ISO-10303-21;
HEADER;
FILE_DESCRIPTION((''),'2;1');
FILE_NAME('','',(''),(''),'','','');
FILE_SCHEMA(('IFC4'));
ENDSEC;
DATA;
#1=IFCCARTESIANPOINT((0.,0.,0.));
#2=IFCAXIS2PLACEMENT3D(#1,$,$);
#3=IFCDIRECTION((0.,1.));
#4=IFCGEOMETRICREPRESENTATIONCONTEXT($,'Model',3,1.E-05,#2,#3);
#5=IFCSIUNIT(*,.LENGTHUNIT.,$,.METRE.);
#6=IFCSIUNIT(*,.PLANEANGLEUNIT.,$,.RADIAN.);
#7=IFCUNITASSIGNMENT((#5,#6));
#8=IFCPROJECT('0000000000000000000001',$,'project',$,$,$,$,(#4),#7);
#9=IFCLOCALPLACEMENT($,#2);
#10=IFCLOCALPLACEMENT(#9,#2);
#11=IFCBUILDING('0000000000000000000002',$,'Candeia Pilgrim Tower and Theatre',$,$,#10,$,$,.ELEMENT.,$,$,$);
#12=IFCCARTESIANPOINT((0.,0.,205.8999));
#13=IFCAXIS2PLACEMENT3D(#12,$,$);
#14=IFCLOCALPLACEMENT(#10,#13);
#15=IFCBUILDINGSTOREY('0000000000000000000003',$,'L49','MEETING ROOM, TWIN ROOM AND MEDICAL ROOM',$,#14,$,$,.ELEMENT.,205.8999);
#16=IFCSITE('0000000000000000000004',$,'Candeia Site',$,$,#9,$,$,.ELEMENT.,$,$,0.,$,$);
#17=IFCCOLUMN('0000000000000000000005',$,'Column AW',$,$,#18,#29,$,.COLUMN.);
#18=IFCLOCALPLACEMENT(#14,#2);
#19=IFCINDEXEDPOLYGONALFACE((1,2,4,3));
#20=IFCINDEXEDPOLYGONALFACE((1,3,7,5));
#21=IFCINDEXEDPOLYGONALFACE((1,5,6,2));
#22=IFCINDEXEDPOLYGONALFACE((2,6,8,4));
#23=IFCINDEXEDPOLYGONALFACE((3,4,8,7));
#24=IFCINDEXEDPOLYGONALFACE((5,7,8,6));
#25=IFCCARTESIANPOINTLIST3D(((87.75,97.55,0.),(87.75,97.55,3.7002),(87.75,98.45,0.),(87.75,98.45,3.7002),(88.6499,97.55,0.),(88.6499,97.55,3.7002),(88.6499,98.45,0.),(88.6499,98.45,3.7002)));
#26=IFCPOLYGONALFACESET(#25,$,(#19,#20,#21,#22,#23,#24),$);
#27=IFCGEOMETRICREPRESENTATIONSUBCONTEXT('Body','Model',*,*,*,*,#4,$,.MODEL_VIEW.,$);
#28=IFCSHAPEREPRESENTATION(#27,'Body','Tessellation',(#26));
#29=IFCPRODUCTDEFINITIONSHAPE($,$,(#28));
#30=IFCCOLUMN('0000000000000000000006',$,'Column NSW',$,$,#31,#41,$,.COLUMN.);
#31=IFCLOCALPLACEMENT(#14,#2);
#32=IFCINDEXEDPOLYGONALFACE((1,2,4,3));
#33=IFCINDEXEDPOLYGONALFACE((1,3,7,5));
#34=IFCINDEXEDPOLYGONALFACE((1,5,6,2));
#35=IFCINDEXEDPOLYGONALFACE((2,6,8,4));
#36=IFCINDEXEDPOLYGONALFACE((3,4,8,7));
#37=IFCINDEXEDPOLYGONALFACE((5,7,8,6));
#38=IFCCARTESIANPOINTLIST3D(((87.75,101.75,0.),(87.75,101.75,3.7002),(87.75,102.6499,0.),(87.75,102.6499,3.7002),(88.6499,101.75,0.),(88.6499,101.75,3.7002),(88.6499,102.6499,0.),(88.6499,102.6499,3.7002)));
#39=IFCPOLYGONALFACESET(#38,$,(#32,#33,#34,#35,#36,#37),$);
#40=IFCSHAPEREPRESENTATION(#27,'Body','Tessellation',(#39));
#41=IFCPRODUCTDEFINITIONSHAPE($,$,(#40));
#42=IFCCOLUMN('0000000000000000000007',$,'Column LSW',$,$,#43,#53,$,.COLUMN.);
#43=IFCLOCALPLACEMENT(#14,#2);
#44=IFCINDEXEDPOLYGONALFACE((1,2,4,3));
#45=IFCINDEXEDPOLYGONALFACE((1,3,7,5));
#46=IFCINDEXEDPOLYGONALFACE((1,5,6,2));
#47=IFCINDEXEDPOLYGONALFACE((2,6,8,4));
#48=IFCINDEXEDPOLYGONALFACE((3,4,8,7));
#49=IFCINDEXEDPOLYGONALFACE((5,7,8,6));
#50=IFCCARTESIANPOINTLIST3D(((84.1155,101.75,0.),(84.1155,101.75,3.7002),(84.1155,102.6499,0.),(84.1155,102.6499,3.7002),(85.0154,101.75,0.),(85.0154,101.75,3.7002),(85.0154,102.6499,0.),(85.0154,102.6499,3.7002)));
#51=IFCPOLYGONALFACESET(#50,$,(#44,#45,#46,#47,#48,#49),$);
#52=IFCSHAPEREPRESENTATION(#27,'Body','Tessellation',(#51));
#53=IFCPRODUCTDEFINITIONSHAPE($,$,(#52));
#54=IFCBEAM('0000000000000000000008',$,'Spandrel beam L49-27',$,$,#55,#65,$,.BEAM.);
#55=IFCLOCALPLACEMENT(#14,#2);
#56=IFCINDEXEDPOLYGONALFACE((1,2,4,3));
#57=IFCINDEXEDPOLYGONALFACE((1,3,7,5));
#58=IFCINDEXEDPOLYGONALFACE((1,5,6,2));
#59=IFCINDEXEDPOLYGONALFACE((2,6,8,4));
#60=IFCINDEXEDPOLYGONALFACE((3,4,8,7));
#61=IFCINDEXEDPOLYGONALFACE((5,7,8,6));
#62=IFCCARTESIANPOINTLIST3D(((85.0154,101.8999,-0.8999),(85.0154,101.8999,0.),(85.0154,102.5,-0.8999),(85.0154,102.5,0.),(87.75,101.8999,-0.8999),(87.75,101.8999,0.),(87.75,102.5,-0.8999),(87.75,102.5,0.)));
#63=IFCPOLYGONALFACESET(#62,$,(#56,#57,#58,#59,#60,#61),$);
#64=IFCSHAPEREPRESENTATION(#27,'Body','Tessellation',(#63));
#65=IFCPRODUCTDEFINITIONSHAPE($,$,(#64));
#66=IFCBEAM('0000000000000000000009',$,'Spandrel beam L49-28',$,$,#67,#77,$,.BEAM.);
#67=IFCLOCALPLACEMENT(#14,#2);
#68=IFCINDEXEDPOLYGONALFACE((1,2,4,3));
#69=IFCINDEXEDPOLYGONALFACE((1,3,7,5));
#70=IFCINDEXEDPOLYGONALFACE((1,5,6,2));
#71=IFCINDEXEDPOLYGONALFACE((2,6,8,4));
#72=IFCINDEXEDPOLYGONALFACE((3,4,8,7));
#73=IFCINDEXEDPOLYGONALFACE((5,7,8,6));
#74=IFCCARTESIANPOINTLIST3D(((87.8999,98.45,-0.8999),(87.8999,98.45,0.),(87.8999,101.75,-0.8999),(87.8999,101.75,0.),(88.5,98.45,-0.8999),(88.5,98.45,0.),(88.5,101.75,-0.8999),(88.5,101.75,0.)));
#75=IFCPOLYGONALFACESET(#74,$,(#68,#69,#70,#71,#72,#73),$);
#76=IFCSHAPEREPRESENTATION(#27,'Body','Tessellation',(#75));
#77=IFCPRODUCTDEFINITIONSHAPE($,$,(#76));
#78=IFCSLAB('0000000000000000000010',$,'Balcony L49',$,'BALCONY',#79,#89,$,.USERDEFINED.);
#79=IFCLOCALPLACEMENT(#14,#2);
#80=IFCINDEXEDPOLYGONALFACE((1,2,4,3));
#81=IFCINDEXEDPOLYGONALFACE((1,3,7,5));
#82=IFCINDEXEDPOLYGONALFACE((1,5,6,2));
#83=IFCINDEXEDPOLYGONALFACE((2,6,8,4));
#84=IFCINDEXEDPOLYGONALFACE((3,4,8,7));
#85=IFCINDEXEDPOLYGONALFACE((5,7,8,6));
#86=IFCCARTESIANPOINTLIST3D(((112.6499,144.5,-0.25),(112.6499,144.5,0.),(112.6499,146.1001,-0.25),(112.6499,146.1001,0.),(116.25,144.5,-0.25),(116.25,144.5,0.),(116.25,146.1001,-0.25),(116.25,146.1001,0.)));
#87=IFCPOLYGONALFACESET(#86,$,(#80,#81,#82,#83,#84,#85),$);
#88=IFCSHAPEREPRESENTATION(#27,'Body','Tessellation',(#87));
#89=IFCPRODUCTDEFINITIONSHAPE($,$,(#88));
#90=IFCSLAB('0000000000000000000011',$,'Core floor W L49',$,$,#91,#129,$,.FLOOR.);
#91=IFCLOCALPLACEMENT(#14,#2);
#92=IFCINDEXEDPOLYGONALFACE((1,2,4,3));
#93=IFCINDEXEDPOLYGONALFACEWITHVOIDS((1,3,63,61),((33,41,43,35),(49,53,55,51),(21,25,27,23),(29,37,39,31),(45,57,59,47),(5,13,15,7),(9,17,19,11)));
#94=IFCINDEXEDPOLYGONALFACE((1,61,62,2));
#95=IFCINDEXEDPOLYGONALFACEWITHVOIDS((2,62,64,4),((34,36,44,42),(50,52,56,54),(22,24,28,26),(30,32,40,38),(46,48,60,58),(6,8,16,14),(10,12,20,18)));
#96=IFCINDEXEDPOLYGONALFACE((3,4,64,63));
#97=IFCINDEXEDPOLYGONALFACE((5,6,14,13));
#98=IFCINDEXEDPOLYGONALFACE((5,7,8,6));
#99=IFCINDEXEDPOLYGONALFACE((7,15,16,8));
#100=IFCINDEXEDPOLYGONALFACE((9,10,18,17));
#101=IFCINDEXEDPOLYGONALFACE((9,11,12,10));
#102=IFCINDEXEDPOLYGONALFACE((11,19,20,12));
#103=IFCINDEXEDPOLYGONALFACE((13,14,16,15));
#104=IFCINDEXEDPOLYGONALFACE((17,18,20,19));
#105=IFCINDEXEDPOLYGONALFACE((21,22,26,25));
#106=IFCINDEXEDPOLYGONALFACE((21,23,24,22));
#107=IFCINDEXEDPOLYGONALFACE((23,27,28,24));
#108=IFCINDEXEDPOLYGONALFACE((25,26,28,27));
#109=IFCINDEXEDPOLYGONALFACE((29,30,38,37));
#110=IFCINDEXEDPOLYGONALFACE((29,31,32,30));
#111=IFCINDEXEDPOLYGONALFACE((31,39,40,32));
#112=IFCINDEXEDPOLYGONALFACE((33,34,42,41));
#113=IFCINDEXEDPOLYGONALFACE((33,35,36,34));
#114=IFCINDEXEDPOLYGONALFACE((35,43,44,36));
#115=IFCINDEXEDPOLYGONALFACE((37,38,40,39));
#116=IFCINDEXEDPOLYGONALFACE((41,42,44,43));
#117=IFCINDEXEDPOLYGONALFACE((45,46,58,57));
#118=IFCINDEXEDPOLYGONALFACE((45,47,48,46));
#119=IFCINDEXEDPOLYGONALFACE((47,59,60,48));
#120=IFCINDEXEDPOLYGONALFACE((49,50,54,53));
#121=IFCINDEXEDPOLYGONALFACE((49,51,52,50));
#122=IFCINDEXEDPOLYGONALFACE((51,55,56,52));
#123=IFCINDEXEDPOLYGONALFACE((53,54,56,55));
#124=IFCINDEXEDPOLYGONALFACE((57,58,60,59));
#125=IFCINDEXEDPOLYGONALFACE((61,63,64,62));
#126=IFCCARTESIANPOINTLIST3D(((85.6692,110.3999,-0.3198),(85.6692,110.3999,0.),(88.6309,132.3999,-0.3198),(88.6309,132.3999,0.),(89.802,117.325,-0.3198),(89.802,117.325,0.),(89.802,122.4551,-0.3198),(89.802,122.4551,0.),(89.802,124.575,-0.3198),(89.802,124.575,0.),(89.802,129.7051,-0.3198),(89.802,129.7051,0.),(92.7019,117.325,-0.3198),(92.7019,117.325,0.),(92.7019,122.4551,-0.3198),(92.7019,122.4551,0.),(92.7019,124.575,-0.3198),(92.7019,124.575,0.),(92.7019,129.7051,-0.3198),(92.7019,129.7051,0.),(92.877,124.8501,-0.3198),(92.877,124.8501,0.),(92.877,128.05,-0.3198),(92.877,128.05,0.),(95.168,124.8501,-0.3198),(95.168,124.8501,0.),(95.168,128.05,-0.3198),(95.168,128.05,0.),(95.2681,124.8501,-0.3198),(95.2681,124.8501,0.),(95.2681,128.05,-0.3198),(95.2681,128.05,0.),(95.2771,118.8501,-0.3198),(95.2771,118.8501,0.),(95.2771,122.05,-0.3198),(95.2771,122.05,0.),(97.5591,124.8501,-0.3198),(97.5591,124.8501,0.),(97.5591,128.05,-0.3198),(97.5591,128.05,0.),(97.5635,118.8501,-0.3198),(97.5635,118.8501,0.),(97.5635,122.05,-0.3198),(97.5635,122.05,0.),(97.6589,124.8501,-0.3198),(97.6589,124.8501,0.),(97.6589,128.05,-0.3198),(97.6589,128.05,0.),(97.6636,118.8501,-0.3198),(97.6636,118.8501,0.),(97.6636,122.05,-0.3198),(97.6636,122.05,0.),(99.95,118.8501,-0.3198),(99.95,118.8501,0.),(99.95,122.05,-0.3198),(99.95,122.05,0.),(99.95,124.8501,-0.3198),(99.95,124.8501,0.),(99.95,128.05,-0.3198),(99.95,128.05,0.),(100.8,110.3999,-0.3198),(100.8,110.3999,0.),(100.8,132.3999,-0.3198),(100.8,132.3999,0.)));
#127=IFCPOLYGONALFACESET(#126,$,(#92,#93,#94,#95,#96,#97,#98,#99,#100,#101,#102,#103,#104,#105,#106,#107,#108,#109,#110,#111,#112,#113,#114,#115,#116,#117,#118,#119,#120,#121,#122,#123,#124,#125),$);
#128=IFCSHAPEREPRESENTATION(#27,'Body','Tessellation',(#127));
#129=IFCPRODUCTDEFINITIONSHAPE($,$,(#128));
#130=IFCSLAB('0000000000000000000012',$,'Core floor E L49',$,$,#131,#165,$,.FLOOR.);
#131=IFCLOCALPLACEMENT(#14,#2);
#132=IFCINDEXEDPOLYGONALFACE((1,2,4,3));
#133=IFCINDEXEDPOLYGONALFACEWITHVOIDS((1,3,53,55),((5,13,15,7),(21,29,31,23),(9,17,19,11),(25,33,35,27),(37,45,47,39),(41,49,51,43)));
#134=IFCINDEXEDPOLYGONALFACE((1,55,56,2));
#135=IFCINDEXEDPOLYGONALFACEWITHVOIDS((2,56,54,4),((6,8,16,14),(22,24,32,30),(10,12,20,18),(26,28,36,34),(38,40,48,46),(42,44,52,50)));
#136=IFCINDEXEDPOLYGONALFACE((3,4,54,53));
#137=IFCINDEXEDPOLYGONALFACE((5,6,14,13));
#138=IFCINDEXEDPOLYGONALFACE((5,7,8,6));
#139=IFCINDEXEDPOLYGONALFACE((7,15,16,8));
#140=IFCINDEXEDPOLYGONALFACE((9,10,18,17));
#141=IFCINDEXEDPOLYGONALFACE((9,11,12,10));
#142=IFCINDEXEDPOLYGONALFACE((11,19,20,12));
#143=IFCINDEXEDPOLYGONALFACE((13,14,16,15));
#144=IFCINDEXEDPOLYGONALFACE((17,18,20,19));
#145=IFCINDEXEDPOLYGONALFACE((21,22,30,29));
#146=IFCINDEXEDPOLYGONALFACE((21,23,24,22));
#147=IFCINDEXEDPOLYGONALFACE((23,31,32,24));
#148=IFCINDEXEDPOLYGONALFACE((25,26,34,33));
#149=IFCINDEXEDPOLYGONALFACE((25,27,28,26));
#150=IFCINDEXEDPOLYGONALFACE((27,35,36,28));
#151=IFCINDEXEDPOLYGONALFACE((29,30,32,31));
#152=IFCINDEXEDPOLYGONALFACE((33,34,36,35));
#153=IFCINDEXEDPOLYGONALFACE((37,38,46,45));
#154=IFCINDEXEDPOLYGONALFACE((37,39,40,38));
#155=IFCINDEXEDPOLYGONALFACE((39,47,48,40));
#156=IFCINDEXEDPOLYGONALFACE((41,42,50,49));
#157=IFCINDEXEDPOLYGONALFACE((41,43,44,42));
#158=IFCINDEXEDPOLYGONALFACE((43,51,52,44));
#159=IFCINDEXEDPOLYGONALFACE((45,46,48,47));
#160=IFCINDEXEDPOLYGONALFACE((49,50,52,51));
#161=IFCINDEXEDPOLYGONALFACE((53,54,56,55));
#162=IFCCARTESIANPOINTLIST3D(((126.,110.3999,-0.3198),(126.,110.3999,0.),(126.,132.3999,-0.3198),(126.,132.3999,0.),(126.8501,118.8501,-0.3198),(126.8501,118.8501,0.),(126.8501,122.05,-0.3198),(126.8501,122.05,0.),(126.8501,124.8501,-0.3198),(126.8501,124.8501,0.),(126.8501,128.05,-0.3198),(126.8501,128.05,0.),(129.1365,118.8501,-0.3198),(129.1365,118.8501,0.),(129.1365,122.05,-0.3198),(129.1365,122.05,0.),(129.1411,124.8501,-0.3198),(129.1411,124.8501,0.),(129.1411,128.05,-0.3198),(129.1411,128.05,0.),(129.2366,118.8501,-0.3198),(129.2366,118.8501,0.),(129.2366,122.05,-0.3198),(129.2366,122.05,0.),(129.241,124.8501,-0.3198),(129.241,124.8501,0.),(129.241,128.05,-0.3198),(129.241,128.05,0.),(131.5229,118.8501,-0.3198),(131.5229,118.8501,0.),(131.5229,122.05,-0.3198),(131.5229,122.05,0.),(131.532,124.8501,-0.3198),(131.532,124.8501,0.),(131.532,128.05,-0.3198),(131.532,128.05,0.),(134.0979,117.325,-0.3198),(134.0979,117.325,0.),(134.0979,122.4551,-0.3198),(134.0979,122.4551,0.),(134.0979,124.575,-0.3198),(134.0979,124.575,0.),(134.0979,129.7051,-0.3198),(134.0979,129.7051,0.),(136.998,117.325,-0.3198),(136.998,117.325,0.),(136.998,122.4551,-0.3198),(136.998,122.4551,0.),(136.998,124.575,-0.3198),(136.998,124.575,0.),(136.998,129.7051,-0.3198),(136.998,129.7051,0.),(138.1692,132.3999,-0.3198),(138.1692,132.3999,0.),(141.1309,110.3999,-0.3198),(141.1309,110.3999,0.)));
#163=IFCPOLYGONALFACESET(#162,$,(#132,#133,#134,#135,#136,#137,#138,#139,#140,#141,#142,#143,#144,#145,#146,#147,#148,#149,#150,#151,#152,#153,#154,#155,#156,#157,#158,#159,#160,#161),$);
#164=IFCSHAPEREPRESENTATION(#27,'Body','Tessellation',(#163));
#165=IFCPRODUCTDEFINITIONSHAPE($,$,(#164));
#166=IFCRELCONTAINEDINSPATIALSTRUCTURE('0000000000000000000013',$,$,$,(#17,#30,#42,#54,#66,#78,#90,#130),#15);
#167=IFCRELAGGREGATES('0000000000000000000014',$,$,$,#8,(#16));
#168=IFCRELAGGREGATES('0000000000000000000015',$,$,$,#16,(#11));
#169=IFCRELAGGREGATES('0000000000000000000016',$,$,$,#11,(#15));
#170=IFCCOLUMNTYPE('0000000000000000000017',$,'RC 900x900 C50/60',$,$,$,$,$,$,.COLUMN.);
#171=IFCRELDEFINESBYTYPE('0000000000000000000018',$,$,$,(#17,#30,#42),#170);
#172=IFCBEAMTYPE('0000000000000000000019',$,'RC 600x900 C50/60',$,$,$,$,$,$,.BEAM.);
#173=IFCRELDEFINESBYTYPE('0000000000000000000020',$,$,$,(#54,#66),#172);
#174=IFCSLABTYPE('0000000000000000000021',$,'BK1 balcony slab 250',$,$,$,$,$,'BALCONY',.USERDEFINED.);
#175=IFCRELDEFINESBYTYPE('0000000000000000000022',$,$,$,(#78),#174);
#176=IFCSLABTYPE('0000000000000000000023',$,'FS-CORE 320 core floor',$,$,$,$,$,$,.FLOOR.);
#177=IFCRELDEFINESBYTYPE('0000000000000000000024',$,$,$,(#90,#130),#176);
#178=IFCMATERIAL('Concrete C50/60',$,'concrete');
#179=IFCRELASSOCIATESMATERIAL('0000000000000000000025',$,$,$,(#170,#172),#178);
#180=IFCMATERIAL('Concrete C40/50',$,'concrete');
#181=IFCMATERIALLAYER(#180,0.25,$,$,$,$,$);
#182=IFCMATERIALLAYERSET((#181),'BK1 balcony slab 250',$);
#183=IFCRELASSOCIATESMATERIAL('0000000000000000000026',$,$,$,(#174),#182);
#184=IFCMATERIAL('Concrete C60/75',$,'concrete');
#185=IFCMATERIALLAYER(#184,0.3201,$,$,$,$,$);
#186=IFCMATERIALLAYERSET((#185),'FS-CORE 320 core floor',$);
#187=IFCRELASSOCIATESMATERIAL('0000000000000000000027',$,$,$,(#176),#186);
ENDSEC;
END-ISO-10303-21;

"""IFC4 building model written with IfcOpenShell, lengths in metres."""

from ifc_helpers import new_model, si_unit, direction, frame, origin, origin_2d, place, context, subcontext, project, spatial, polyline, rectangle, outline, extrude, material, layer, layer_set, material_profile, profile_set, type_object, element, save


model = new_model("IFC4")

# Units and contexts
model_context = context("Model", 3, precision=1e-05, world=origin(), true_north=direction((0.0, 1.0)))
body_context = subcontext(model_context, "Body", "Model", "MODEL_VIEW")
ifc_project = project(units=[si_unit("LENGTHUNIT", "METRE"), si_unit("PLANEANGLEUNIT", "RADIAN")], contexts=[model_context])

# Site, building, storey
site_placement = place(None, origin())
site = spatial("IfcSite", under=ifc_project, at=site_placement, Name="Candeia Site", CompositionType="ELEMENT", RefElevation=0.0)
building_placement = place(site_placement, origin())
building = spatial("IfcBuilding", under=site, at=building_placement, Name="Candeia Pilgrim Tower and Theatre", CompositionType="ELEMENT")
storey_placement = place(building_placement, frame((0.0, 0.0, 205.8999)))
storey = spatial("IfcBuildingStorey", under=building, at=storey_placement, Name="L49", Description="MEETING ROOM, TWIN ROOM AND MEDICAL ROOM", CompositionType="ELEMENT", Elevation=205.8999)

# Columns
ifc_material_1 = material(Name="Concrete C50/60", Category="concrete")
ifc_material_profile_1 = material_profile(ifc_material_1, rectangle(XDim=0.8999, YDim=0.8999, at=origin_2d()))
ifc_profile_set_1 = profile_set([ifc_material_profile_1], Name="Concrete C50/60")
column_type = type_object("IfcColumnType", Name="RC 900x900 C50/60", PredefinedType="COLUMN", material=ifc_profile_set_1)
for number, where, z_axis, x_axis, name in (
    (1, (88.2, 98.0, 0.0), (0.0, 0.0, 1.0), (1.0, 0.0, 0.0), "Column AW"),
    (2, (88.2, 102.2, 0.0), (0.0, 0.0, 1.0), (1.0, 0.0, 0.0), "Column NSW"),
    (3, (84.5654, 102.2, 0.0), (0.0, 0.0, 1.0), (1.0, 0.0, 0.0), "Column LSW"),
):
    element("IfcColumn", number, at=place(storey_placement, frame(where, z_axis=z_axis, x_axis=x_axis)), inside=storey, type_object=column_type, Name=name, PredefinedType="COLUMN", context=body_context, shape_type="SweptSolid", body=[
        extrude(rectangle(XDim=0.8999, YDim=0.8999, at=origin_2d()), origin(), (0.0, 0.0, 1.0), 3.7002),
    ])

# Beams
ifc_material_profile_2 = material_profile(ifc_material_1, rectangle(XDim=0.6001, YDim=0.8999, at=origin_2d()))
ifc_profile_set_2 = profile_set([ifc_material_profile_2], Name="Concrete C50/60")
beam_type = type_object("IfcBeamType", Name="RC 600x900 C50/60", PredefinedType="BEAM", material=ifc_profile_set_2)
beam_1_placement = place(storey_placement, frame((85.0154, 102.2, -0.45), z_axis=(1.0, 0.0, 0.0), x_axis=(0.0, 1.0, 0.0)))
element("IfcBeam", 4, at=beam_1_placement, inside=storey, type_object=beam_type, Name="Spandrel beam L49-27", PredefinedType="BEAM", context=body_context, shape_type="SweptSolid", body=[
    extrude(rectangle(XDim=0.6001, YDim=0.8999, at=origin_2d()), origin(), (0.0, 0.0, 1.0), 2.7346),
])
beam_2_placement = place(storey_placement, frame((88.2, 101.75, -0.45), z_axis=(0.0, -1.0, 0.0), x_axis=(1.0, 0.0, 0.0)))
element("IfcBeam", 5, at=beam_2_placement, inside=storey, type_object=beam_type, Name="Spandrel beam L49-28", PredefinedType="BEAM", context=body_context, shape_type="SweptSolid", body=[
    extrude(rectangle(XDim=0.6001, YDim=0.8999, at=origin_2d()), origin(), (0.0, 0.0, 1.0), 3.3),
])

# Slabs
ifc_material_2 = material(Name="Concrete C40/50", Category="concrete")
ifc_layer_1 = layer(ifc_material_2, 0.25)
ifc_layer_set_1 = layer_set([ifc_layer_1], Name="BK1 balcony slab 250")
slab_type_1 = type_object("IfcSlabType", Name="BK1 balcony slab 250", ElementType="BALCONY", PredefinedType="USERDEFINED", material=ifc_layer_set_1)
slab_1_placement = place(storey_placement, frame((0.0, 0.0, -0.25)))
element("IfcSlab", 6, at=slab_1_placement, inside=storey, type_object=slab_type_1, Name="Balcony L49", ObjectType="BALCONY", PredefinedType="USERDEFINED", context=body_context, shape_type="SweptSolid", body=[
    extrude(outline(polyline([(112.6499, 144.5), (116.25, 144.5), (116.25, 146.1001), (112.6499, 146.1001), (112.6499, 144.5)])), origin(), (0.0, 0.0, 1.0), 0.25),
])
ifc_material_3 = material(Name="Concrete C60/75", Category="concrete")
ifc_layer_2 = layer(ifc_material_3, 0.3201)
ifc_layer_set_2 = layer_set([ifc_layer_2], Name="FS-CORE 320 core floor")
slab_type_2 = type_object("IfcSlabType", Name="FS-CORE 320 core floor", PredefinedType="FLOOR", material=ifc_layer_set_2)
slab_2_placement = place(storey_placement, frame((0.0, 0.0, -0.3198)))
element("IfcSlab", 7, at=slab_2_placement, inside=storey, type_object=slab_type_2, Name="Core floor W L49", PredefinedType="FLOOR", context=body_context, shape_type="SweptSolid", body=[
    extrude(outline(polyline([(100.8, 132.3999), (100.8, 110.3999), (85.6692, 110.3999), (88.6309, 132.3999), (100.8, 132.3999)]), holes=[polyline([(97.6589, 128.05), (97.6589, 124.8501), (99.95, 124.8501), (99.95, 128.05), (97.6589, 128.05)]), polyline([(97.6636, 122.05), (97.6636, 118.8501), (99.95, 118.8501), (99.95, 122.05), (97.6636, 122.05)]), polyline([(95.2771, 122.05), (95.2771, 118.8501), (97.5635, 118.8501), (97.5635, 122.05), (95.2771, 122.05)]), polyline([(95.2681, 128.05), (95.2681, 124.8501), (97.5591, 124.8501), (97.5591, 128.05), (95.2681, 128.05)]), polyline([(92.877, 128.05), (92.877, 124.8501), (95.168, 124.8501), (95.168, 128.05), (92.877, 128.05)]), polyline([(89.802, 117.325), (92.7019, 117.325), (92.7019, 122.4551), (89.802, 122.4551), (89.802, 117.325)]), polyline([(89.802, 129.7051), (89.802, 124.575), (92.7019, 124.575), (92.7019, 129.7051), (89.802, 129.7051)])]), origin(), (0.0, 0.0, 1.0), 0.3198),
])
slab_3_placement = place(storey_placement, frame((0.0, 0.0, -0.3198)))
element("IfcSlab", 8, at=slab_3_placement, inside=storey, type_object=slab_type_2, Name="Core floor E L49", PredefinedType="FLOOR", context=body_context, shape_type="SweptSolid", body=[
    extrude(outline(polyline([(138.1692, 132.3999), (141.1309, 110.3999), (126.0, 110.3999), (126.0, 132.3999), (138.1692, 132.3999)]), holes=[polyline([(134.0979, 117.325), (136.998, 117.325), (136.998, 122.4551), (134.0979, 122.4551), (134.0979, 117.325)]), polyline([(134.0979, 129.7051), (134.0979, 124.575), (136.998, 124.575), (136.998, 129.7051), (134.0979, 129.7051)]), polyline([(131.532, 128.05), (129.241, 128.05), (129.241, 124.8501), (131.532, 124.8501), (131.532, 128.05)]), polyline([(131.5229, 122.05), (129.2366, 122.05), (129.2366, 118.8501), (131.5229, 118.8501), (131.5229, 122.05)]), polyline([(126.8501, 128.05), (126.8501, 124.8501), (129.1411, 124.8501), (129.1411, 128.05), (126.8501, 128.05)]), polyline([(129.1365, 122.05), (126.8501, 122.05), (126.8501, 118.8501), (129.1365, 118.8501), (129.1365, 122.05)])]), origin(), (0.0, 0.0, 1.0), 0.3198),
])

save(model, "model.ifc")
